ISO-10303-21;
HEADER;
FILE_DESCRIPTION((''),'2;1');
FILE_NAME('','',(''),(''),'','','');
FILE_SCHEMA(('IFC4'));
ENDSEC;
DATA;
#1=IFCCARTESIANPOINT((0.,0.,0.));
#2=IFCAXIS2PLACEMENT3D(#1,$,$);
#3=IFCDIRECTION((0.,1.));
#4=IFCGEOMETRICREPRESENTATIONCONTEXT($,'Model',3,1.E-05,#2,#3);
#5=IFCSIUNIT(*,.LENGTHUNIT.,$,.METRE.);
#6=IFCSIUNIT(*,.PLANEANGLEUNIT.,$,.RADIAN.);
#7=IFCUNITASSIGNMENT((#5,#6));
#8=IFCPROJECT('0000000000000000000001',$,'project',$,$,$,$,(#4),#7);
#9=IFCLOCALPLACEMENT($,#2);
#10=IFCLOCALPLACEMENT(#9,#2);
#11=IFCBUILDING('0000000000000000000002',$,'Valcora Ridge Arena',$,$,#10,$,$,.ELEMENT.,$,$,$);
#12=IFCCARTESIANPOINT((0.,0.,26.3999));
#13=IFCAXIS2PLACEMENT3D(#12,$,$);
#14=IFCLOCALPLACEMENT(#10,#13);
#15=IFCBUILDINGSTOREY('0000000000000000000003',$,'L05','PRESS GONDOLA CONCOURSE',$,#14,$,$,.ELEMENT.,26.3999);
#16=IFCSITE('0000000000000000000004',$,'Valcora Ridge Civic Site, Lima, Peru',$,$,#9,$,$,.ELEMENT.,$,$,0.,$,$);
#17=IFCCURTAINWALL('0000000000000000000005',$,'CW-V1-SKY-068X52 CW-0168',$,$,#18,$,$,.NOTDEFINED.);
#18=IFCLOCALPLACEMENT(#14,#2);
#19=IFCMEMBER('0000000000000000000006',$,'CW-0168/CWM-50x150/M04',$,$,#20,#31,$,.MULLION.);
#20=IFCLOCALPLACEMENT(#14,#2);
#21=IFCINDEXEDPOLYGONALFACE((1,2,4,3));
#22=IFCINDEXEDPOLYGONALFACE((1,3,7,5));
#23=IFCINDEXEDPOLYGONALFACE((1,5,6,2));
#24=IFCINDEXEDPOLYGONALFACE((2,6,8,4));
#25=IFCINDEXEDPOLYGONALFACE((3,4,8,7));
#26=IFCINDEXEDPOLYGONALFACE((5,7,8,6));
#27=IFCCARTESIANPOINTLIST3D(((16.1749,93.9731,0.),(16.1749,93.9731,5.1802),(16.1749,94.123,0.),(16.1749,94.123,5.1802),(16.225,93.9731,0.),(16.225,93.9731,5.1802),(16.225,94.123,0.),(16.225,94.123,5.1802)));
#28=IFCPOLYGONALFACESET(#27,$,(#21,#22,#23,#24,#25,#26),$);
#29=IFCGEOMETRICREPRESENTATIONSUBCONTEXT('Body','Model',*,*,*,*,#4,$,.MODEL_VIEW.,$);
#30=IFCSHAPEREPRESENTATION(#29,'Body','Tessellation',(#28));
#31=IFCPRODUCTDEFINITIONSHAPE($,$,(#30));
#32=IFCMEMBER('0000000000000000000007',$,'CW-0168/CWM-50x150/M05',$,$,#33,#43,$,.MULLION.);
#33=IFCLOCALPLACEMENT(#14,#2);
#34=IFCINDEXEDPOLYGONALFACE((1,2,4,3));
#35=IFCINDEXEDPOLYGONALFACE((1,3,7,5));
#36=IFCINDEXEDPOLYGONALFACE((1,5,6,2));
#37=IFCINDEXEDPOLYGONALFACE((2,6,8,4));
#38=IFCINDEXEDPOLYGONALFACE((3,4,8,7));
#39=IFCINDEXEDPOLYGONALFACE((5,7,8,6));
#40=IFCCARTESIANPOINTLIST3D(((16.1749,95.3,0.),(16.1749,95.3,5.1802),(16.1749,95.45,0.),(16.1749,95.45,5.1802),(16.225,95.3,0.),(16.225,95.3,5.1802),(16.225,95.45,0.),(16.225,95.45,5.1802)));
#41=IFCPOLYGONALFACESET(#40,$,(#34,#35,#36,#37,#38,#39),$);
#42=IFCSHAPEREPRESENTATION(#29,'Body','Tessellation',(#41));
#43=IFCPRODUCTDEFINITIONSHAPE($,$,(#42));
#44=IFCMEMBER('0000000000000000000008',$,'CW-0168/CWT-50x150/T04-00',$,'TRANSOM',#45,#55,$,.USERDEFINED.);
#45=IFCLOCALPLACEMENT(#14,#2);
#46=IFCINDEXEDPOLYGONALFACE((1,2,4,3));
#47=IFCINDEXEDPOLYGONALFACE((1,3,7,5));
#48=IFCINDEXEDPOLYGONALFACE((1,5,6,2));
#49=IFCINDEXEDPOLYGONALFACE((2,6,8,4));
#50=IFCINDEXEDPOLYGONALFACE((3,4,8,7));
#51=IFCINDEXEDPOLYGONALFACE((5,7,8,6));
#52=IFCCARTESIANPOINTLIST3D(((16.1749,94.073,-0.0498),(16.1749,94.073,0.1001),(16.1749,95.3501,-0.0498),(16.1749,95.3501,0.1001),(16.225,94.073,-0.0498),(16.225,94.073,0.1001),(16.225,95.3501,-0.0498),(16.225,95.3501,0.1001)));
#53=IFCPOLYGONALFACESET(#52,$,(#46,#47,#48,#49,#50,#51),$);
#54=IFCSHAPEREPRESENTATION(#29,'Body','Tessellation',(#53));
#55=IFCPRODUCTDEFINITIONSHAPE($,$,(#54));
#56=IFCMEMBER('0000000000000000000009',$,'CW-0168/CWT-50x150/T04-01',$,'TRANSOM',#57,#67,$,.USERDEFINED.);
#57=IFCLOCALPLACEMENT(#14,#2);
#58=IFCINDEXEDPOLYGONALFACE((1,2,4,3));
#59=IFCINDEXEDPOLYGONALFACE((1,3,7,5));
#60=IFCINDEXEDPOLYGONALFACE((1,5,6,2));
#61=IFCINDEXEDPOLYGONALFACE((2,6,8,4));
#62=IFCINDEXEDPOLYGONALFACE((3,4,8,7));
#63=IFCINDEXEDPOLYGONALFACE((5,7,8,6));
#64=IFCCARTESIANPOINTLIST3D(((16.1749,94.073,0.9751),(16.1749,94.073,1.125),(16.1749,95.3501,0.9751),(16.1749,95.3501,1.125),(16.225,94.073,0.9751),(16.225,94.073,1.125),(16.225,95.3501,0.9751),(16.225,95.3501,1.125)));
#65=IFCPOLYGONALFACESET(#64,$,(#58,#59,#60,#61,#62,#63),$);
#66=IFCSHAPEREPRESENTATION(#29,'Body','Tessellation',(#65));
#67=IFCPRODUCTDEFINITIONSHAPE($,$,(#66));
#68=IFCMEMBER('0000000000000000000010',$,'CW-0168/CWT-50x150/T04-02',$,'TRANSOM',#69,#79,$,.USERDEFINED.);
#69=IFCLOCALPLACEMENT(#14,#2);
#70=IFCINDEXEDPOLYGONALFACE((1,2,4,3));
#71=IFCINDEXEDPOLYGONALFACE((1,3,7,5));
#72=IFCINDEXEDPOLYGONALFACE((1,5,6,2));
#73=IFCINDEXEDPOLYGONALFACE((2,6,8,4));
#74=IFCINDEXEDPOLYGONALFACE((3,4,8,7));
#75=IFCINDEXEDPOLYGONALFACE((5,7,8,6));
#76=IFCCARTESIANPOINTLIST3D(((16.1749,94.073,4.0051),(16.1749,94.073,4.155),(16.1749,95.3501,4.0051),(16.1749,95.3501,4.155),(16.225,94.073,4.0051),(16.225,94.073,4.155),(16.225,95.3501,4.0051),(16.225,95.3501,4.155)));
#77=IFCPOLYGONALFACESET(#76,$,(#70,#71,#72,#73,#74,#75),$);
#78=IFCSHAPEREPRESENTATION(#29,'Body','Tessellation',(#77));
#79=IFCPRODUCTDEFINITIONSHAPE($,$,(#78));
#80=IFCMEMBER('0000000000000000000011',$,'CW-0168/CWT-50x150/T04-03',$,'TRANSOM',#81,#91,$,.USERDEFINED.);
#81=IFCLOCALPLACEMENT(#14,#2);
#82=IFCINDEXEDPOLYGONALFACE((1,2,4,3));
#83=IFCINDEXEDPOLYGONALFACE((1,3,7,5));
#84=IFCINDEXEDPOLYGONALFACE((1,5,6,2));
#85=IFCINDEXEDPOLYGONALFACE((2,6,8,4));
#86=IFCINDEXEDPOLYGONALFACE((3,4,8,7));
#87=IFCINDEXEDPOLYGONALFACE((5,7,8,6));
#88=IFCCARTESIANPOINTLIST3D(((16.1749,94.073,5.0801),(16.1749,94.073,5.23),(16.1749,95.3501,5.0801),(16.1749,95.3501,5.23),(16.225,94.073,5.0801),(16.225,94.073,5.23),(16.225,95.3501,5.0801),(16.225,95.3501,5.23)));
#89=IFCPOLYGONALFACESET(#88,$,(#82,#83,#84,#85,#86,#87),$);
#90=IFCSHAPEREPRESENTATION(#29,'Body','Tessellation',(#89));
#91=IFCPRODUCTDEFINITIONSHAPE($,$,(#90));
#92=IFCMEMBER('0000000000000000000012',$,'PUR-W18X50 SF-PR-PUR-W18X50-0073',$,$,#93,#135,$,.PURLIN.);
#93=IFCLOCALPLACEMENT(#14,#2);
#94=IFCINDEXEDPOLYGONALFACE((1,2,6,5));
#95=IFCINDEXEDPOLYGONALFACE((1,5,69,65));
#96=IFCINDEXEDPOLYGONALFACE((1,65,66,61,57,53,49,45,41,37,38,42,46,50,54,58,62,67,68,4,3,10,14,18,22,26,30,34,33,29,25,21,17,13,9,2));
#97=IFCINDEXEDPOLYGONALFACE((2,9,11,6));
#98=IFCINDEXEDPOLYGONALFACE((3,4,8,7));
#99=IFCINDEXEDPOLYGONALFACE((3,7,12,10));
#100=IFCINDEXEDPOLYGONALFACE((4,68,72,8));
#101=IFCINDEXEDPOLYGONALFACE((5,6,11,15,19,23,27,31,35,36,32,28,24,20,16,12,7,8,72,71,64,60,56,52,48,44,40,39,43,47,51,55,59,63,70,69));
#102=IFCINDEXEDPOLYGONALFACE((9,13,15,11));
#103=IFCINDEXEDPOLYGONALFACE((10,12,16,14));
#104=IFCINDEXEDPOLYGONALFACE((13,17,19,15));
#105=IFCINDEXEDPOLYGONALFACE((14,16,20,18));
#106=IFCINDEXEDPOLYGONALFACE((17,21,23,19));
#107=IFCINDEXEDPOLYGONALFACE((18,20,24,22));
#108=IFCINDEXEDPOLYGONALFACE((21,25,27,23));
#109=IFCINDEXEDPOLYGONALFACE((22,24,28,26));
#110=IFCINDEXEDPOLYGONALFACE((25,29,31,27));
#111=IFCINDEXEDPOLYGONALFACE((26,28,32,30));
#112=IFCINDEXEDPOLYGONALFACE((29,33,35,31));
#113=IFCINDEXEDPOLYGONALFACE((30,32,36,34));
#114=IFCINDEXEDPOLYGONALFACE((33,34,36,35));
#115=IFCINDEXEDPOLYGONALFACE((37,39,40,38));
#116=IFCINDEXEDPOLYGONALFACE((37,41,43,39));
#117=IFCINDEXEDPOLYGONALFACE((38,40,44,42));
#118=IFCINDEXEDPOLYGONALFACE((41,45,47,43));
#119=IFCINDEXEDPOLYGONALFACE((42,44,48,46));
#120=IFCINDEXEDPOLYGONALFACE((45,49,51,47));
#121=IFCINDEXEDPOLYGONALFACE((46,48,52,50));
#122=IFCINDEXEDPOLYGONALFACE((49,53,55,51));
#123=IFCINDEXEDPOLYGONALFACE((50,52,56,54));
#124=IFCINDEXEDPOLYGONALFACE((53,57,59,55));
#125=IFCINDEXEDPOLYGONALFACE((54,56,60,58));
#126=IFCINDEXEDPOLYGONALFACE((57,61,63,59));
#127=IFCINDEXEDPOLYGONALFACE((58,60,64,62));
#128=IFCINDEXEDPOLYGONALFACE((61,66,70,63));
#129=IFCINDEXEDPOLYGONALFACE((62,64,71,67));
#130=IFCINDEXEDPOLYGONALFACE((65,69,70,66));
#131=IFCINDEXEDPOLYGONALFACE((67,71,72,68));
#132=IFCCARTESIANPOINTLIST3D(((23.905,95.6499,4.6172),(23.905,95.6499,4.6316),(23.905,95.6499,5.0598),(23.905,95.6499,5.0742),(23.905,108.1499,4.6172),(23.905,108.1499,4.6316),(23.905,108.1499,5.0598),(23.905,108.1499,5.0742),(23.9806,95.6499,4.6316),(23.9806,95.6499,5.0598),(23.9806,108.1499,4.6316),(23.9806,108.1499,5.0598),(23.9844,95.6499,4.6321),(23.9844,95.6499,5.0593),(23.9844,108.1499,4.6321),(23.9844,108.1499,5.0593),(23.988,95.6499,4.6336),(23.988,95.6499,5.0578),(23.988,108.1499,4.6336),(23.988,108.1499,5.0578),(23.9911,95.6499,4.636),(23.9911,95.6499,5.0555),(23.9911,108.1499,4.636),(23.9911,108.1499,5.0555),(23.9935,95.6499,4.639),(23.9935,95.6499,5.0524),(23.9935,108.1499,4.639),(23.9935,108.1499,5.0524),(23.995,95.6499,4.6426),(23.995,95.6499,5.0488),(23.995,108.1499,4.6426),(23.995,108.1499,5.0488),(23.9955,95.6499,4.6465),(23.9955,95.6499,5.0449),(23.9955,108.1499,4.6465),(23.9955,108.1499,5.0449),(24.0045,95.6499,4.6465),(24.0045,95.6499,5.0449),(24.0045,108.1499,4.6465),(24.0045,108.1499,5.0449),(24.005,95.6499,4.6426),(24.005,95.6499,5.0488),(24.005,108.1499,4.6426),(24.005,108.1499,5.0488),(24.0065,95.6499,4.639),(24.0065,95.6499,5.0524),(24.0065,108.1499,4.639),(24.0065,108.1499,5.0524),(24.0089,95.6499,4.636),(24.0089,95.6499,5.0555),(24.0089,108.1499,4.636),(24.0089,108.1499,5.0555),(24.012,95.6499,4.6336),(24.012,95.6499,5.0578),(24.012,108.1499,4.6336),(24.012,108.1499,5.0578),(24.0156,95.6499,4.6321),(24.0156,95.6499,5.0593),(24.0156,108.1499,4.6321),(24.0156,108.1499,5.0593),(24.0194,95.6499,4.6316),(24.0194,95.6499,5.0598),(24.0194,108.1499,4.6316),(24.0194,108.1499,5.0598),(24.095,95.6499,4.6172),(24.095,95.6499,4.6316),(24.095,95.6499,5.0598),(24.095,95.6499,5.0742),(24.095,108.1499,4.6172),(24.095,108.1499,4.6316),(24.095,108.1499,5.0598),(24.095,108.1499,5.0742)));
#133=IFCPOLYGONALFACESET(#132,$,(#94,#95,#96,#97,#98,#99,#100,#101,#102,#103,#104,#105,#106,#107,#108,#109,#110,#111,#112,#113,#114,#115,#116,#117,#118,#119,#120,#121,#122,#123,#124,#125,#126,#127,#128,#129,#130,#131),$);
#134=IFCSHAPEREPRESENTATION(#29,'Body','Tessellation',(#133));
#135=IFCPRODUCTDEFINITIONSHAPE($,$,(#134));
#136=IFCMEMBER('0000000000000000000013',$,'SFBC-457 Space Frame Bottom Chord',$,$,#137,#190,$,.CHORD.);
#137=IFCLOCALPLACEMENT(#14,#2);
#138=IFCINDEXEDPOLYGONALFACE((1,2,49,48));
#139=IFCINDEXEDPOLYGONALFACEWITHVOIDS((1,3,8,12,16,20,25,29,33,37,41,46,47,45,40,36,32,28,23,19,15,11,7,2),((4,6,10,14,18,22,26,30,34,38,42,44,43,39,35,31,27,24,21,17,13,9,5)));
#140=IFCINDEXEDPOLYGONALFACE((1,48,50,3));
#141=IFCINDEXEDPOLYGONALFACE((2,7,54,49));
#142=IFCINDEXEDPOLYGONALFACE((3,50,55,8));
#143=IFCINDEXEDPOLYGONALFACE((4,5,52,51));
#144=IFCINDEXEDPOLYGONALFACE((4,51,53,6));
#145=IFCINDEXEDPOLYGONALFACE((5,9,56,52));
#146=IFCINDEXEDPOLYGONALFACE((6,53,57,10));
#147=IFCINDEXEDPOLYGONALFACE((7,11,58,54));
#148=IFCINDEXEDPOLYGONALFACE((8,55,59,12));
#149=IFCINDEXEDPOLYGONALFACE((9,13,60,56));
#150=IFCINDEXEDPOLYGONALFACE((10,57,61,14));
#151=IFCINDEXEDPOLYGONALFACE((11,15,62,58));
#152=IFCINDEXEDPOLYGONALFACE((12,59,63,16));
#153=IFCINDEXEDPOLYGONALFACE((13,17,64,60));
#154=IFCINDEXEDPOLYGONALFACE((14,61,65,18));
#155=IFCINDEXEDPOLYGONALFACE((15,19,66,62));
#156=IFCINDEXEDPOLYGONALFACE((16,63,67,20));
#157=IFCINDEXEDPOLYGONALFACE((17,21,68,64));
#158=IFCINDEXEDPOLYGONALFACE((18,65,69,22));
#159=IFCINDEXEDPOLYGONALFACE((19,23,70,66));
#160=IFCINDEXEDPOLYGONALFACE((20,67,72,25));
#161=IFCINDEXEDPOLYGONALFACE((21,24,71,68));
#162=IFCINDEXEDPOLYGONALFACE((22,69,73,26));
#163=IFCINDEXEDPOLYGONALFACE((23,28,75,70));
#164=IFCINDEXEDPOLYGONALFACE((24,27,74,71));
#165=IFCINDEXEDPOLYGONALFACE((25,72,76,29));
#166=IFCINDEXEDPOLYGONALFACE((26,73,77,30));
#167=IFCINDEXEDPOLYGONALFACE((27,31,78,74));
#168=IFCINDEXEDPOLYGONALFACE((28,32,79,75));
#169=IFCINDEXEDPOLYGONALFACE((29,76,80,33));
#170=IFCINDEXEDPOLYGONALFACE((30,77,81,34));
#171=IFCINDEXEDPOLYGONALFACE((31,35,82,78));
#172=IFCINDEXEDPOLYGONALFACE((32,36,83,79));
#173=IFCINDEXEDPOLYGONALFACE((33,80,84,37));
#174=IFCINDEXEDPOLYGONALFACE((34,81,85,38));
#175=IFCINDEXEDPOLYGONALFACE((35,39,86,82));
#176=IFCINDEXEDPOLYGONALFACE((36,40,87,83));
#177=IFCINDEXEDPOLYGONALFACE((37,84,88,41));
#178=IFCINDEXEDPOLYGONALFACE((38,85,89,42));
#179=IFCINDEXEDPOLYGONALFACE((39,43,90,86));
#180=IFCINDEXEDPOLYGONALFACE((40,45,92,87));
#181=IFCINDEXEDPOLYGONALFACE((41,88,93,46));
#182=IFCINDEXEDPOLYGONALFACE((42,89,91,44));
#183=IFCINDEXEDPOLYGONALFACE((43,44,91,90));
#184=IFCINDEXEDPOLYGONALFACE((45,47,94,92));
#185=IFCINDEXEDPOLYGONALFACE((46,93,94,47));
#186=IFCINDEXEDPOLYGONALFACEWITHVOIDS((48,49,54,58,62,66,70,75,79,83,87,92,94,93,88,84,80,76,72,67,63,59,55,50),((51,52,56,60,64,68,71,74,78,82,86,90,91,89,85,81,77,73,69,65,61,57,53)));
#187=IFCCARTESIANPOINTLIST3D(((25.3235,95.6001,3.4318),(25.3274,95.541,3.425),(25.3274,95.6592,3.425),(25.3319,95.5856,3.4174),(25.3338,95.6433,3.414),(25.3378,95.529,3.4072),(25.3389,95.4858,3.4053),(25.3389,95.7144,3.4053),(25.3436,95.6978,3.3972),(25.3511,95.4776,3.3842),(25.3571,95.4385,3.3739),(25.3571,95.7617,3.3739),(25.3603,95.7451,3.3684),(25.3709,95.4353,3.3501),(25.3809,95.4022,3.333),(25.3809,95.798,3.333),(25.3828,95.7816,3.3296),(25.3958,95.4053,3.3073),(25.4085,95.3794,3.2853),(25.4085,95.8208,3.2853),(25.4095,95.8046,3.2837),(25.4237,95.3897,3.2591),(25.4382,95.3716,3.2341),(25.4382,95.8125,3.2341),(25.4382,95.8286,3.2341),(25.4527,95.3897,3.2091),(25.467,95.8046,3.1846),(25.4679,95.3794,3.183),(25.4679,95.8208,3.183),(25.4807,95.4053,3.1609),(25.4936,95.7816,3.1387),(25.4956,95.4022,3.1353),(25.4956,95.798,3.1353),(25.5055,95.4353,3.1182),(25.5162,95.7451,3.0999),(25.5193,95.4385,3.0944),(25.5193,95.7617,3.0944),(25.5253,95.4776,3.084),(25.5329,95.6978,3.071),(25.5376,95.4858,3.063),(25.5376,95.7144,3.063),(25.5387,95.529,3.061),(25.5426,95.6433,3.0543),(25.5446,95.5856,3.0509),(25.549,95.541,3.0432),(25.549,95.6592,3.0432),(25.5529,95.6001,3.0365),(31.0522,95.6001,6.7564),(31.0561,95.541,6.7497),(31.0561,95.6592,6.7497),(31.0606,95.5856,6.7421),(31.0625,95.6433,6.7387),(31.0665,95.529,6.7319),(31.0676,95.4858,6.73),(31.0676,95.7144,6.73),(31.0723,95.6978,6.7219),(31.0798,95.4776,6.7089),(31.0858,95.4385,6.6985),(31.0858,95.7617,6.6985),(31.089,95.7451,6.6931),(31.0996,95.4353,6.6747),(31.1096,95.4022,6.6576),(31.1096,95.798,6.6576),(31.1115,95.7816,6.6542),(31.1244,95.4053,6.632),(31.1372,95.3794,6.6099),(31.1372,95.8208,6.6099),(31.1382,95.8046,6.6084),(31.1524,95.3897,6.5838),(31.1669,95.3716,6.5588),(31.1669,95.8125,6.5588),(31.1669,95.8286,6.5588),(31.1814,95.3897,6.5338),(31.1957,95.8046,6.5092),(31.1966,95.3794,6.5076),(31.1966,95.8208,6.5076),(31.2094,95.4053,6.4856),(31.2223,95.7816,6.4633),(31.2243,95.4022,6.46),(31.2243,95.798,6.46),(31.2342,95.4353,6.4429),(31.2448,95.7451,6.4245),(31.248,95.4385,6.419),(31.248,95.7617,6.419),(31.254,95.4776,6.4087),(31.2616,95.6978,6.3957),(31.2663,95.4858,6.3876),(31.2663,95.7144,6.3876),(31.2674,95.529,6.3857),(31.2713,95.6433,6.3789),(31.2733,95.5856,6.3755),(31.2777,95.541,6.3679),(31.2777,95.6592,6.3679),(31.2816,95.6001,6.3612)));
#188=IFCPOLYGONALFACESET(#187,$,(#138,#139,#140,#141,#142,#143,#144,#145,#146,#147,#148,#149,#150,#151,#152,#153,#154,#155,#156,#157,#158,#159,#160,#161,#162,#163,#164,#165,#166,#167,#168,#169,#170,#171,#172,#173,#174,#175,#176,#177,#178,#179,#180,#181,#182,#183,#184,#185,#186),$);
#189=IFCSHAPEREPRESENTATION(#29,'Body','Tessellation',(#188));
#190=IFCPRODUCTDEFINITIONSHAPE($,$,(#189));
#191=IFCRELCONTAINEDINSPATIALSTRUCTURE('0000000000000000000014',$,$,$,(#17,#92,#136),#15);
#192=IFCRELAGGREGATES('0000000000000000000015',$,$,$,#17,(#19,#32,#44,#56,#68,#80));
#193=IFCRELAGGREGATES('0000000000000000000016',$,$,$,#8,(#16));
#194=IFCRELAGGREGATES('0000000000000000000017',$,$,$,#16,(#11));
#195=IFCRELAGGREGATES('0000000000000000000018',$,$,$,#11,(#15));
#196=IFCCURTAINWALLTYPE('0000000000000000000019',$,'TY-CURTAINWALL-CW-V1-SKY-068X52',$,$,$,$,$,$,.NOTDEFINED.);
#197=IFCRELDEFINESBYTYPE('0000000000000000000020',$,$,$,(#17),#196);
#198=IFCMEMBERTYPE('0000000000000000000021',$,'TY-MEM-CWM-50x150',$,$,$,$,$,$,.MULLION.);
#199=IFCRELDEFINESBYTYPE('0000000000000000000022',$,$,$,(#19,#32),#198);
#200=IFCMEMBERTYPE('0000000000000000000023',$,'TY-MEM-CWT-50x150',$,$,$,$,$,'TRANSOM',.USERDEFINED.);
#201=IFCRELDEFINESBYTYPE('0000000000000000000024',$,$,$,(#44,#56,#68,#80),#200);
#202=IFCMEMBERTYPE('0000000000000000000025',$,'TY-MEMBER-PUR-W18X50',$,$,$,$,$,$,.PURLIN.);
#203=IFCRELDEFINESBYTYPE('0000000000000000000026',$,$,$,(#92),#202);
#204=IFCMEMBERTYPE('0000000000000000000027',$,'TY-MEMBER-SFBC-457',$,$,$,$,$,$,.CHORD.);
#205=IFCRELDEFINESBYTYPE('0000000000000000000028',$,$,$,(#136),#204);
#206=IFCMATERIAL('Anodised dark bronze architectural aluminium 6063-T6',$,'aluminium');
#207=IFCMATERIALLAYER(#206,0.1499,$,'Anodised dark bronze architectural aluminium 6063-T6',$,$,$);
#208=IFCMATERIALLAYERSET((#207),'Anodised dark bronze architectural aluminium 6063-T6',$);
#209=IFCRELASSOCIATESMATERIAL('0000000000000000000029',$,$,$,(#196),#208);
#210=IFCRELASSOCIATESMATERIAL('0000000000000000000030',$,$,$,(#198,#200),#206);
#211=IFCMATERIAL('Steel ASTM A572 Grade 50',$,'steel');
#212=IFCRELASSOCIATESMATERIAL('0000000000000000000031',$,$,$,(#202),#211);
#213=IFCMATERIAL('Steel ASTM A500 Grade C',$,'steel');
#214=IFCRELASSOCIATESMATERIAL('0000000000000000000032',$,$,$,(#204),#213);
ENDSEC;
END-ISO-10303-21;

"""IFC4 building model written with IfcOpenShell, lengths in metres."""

from ifc_helpers import new_model, si_unit, direction, frame, origin, origin_2d, place, context, subcontext, project, spatial, rectangle, hollow_circle, i_section, extrude, material, layer, layer_set, material_profile, profile_set, type_object, element, aggregate, save


model = new_model("IFC4")

# Units and contexts
model_context = context("Model", 3, precision=1e-05, world=origin(), true_north=direction((0.0, 1.0)))
body_context = subcontext(model_context, "Body", "Model", "MODEL_VIEW")
ifc_project = project(units=[si_unit("LENGTHUNIT", "METRE"), si_unit("PLANEANGLEUNIT", "RADIAN")], contexts=[model_context])

# Site, building, storey
site_placement = place(None, origin())
site = spatial("IfcSite", under=ifc_project, at=site_placement, Name="Valcora Ridge Civic Site, Lima, Peru", CompositionType="ELEMENT", RefElevation=0.0)
building_placement = place(site_placement, origin())
building = spatial("IfcBuilding", under=site, at=building_placement, Name="Valcora Ridge Arena", CompositionType="ELEMENT")
storey_placement = place(building_placement, frame((0.0, 0.0, 26.3999)))
storey = spatial("IfcBuildingStorey", under=building, at=storey_placement, Name="L05", Description="PRESS GONDOLA CONCOURSE", CompositionType="ELEMENT", Elevation=26.3999)

# Curtain wall, members
ifc_material_1 = material(Name="Anodised dark bronze architectural aluminium 6063-T6", Category="aluminium")
ifc_layer_1 = layer(ifc_material_1, 0.1499, Name="Anodised dark bronze architectural aluminium 6063-T6")
ifc_layer_set_1 = layer_set([ifc_layer_1], Name="Anodised dark bronze architectural aluminium 6063-T6")
curtain_wall_type = type_object("IfcCurtainWallType", Name="TY-CURTAINWALL-CW-V1-SKY-068X52", PredefinedType="NOTDEFINED", material=ifc_layer_set_1)
curtain_wall_placement = place(storey_placement, origin())
curtain_wall = element("IfcCurtainWall", 1, at=curtain_wall_placement, inside=storey, type_object=curtain_wall_type, Name="CW-V1-SKY-068X52 CW-0168", PredefinedType="NOTDEFINED")
ifc_material_profile_1 = material_profile(ifc_material_1, rectangle(XDim=0.05, YDim=0.1499, at=origin_2d()), Name="ALU MULLION 50x150")
ifc_profile_set_1 = profile_set([ifc_material_profile_1], Name="Anodised dark bronze architectural aluminium 6063-T6")
member_type_1 = type_object("IfcMemberType", Name="TY-MEM-CWM-50x150", PredefinedType="MULLION", material=ifc_profile_set_1)
member_1_placement = place(storey_placement, frame((16.2, 94.0481, 0.0), z_axis=(0.0, 0.0, 1.0), x_axis=(-1.0, 0.0, 0.0)))
member_1 = element("IfcMember", 2, at=member_1_placement, type_object=member_type_1, Name="CW-0168/CWM-50x150/M04", PredefinedType="MULLION", context=body_context, shape_type="SweptSolid", body=[
    extrude(rectangle(XDim=0.05, YDim=0.1499, at=origin_2d()), origin(), (0.0, 0.0, 1.0), 5.1802),
])
member_2_placement = place(storey_placement, frame((16.2, 95.375, 0.0), z_axis=(0.0, 0.0, 1.0), x_axis=(-1.0, 0.0, 0.0)))
member_2 = element("IfcMember", 3, at=member_2_placement, type_object=member_type_1, Name="CW-0168/CWM-50x150/M05", PredefinedType="MULLION", context=body_context, shape_type="SweptSolid", body=[
    extrude(rectangle(XDim=0.05, YDim=0.1499, at=origin_2d()), origin(), (0.0, 0.0, 1.0), 5.1802),
])
ifc_material_profile_2 = material_profile(ifc_material_1, rectangle(XDim=0.05, YDim=0.1499, at=origin_2d()), Name="ALU TRANSOM 50x150")
ifc_profile_set_2 = profile_set([ifc_material_profile_2], Name="Anodised dark bronze architectural aluminium 6063-T6")
member_type_2 = type_object("IfcMemberType", Name="TY-MEM-CWT-50x150", ElementType="TRANSOM", PredefinedType="USERDEFINED", material=ifc_profile_set_2)
member_3_placement = place(storey_placement, frame((16.2, 94.073, 0.0251), z_axis=(0.0, 1.0, 0.0), x_axis=(-1.0, 0.0, 0.0)))
member_3 = element("IfcMember", 4, at=member_3_placement, type_object=member_type_2, Name="CW-0168/CWT-50x150/T04-00", ObjectType="TRANSOM", PredefinedType="USERDEFINED", context=body_context, shape_type="SweptSolid", body=[
    extrude(rectangle(XDim=0.05, YDim=0.1499, at=origin_2d()), origin(), (0.0, 0.0, 1.0), 1.2771),
])
member_4_placement = place(storey_placement, frame((16.2, 94.073, 1.05), z_axis=(0.0, 1.0, 0.0), x_axis=(-1.0, 0.0, 0.0)))
member_4 = element("IfcMember", 5, at=member_4_placement, type_object=member_type_2, Name="CW-0168/CWT-50x150/T04-01", ObjectType="TRANSOM", PredefinedType="USERDEFINED", context=body_context, shape_type="SweptSolid", body=[
    extrude(rectangle(XDim=0.05, YDim=0.1499, at=origin_2d()), origin(), (0.0, 0.0, 1.0), 1.2771),
])
member_5_placement = place(storey_placement, frame((16.2, 94.073, 4.0801), z_axis=(0.0, 1.0, 0.0), x_axis=(-1.0, 0.0, 0.0)))
member_5 = element("IfcMember", 6, at=member_5_placement, type_object=member_type_2, Name="CW-0168/CWT-50x150/T04-02", ObjectType="TRANSOM", PredefinedType="USERDEFINED", context=body_context, shape_type="SweptSolid", body=[
    extrude(rectangle(XDim=0.05, YDim=0.1499, at=origin_2d()), origin(), (0.0, 0.0, 1.0), 1.2771),
])
member_6_placement = place(storey_placement, frame((16.2, 94.073, 5.155), z_axis=(0.0, 1.0, 0.0), x_axis=(-1.0, 0.0, 0.0)))
member_6 = element("IfcMember", 7, at=member_6_placement, type_object=member_type_2, Name="CW-0168/CWT-50x150/T04-03", ObjectType="TRANSOM", PredefinedType="USERDEFINED", context=body_context, shape_type="SweptSolid", body=[
    extrude(rectangle(XDim=0.05, YDim=0.1499, at=origin_2d()), origin(), (0.0, 0.0, 1.0), 1.2771),
])

# Members
ifc_material_2 = material(Name="Steel ASTM A572 Grade 50", Category="steel")
ifc_material_profile_3 = material_profile(ifc_material_2, i_section(OverallWidth=0.1899, OverallDepth=0.457, WebThickness=0.009, FlangeThickness=0.0144, FilletRadius=0.0149, at=origin_2d()), Name="W18X50")
ifc_profile_set_3 = profile_set([ifc_material_profile_3], Name="Steel ASTM A572 Grade 50")
member_type_3 = type_object("IfcMemberType", Name="TY-MEMBER-PUR-W18X50", PredefinedType="PURLIN", material=ifc_profile_set_3)
member_7_placement = place(storey_placement, frame((24.0, 95.6499, 4.8457), z_axis=(0.0, 1.0, 0.0), x_axis=(-1.0, 0.0, 0.0)))
element("IfcMember", 8, at=member_7_placement, inside=storey, type_object=member_type_3, Name="PUR-W18X50 SF-PR-PUR-W18X50-0073", PredefinedType="PURLIN", context=body_context, shape_type="SweptSolid", body=[
    extrude(i_section(OverallWidth=0.1899, OverallDepth=0.457, WebThickness=0.009, FlangeThickness=0.0144, FilletRadius=0.0149, at=origin_2d()), origin(), (0.0, 0.0, 1.0), 12.5),
])
ifc_material_3 = material(Name="Steel ASTM A500 Grade C", Category="steel")
ifc_material_profile_4 = material_profile(ifc_material_3, hollow_circle(Radius=0.2285, WallThickness=0.0161, at=origin_2d()), Name="CHS457X16")
ifc_profile_set_4 = profile_set([ifc_material_profile_4], Name="Steel ASTM A500 Grade C")
member_type_4 = type_object("IfcMemberType", Name="TY-MEMBER-SFBC-457", PredefinedType="CHORD", material=ifc_profile_set_4)
for number, where, z_axis, x_axis, name in (
    (9, (25.4382, 95.6001, 3.2341), (0.864898, 0.0, 0.501947), (0.0, 1.0, 0.0), "SFBC-457 Space Frame Bottom Chord"),
):
    element("IfcMember", number, at=place(storey_placement, frame(where, z_axis=z_axis, x_axis=x_axis)), inside=storey, type_object=member_type_4, Name=name, PredefinedType="CHORD", context=body_context, shape_type="SweptSolid", body=[
        extrude(hollow_circle(Radius=0.2285, WallThickness=0.0161, at=origin_2d()), origin(), (0.0, 0.0, 1.0), 6.6235),
    ])

aggregate(curtain_wall, [member_1, member_2, member_3, member_4, member_5, member_6])

save(model, "model.ifc")
